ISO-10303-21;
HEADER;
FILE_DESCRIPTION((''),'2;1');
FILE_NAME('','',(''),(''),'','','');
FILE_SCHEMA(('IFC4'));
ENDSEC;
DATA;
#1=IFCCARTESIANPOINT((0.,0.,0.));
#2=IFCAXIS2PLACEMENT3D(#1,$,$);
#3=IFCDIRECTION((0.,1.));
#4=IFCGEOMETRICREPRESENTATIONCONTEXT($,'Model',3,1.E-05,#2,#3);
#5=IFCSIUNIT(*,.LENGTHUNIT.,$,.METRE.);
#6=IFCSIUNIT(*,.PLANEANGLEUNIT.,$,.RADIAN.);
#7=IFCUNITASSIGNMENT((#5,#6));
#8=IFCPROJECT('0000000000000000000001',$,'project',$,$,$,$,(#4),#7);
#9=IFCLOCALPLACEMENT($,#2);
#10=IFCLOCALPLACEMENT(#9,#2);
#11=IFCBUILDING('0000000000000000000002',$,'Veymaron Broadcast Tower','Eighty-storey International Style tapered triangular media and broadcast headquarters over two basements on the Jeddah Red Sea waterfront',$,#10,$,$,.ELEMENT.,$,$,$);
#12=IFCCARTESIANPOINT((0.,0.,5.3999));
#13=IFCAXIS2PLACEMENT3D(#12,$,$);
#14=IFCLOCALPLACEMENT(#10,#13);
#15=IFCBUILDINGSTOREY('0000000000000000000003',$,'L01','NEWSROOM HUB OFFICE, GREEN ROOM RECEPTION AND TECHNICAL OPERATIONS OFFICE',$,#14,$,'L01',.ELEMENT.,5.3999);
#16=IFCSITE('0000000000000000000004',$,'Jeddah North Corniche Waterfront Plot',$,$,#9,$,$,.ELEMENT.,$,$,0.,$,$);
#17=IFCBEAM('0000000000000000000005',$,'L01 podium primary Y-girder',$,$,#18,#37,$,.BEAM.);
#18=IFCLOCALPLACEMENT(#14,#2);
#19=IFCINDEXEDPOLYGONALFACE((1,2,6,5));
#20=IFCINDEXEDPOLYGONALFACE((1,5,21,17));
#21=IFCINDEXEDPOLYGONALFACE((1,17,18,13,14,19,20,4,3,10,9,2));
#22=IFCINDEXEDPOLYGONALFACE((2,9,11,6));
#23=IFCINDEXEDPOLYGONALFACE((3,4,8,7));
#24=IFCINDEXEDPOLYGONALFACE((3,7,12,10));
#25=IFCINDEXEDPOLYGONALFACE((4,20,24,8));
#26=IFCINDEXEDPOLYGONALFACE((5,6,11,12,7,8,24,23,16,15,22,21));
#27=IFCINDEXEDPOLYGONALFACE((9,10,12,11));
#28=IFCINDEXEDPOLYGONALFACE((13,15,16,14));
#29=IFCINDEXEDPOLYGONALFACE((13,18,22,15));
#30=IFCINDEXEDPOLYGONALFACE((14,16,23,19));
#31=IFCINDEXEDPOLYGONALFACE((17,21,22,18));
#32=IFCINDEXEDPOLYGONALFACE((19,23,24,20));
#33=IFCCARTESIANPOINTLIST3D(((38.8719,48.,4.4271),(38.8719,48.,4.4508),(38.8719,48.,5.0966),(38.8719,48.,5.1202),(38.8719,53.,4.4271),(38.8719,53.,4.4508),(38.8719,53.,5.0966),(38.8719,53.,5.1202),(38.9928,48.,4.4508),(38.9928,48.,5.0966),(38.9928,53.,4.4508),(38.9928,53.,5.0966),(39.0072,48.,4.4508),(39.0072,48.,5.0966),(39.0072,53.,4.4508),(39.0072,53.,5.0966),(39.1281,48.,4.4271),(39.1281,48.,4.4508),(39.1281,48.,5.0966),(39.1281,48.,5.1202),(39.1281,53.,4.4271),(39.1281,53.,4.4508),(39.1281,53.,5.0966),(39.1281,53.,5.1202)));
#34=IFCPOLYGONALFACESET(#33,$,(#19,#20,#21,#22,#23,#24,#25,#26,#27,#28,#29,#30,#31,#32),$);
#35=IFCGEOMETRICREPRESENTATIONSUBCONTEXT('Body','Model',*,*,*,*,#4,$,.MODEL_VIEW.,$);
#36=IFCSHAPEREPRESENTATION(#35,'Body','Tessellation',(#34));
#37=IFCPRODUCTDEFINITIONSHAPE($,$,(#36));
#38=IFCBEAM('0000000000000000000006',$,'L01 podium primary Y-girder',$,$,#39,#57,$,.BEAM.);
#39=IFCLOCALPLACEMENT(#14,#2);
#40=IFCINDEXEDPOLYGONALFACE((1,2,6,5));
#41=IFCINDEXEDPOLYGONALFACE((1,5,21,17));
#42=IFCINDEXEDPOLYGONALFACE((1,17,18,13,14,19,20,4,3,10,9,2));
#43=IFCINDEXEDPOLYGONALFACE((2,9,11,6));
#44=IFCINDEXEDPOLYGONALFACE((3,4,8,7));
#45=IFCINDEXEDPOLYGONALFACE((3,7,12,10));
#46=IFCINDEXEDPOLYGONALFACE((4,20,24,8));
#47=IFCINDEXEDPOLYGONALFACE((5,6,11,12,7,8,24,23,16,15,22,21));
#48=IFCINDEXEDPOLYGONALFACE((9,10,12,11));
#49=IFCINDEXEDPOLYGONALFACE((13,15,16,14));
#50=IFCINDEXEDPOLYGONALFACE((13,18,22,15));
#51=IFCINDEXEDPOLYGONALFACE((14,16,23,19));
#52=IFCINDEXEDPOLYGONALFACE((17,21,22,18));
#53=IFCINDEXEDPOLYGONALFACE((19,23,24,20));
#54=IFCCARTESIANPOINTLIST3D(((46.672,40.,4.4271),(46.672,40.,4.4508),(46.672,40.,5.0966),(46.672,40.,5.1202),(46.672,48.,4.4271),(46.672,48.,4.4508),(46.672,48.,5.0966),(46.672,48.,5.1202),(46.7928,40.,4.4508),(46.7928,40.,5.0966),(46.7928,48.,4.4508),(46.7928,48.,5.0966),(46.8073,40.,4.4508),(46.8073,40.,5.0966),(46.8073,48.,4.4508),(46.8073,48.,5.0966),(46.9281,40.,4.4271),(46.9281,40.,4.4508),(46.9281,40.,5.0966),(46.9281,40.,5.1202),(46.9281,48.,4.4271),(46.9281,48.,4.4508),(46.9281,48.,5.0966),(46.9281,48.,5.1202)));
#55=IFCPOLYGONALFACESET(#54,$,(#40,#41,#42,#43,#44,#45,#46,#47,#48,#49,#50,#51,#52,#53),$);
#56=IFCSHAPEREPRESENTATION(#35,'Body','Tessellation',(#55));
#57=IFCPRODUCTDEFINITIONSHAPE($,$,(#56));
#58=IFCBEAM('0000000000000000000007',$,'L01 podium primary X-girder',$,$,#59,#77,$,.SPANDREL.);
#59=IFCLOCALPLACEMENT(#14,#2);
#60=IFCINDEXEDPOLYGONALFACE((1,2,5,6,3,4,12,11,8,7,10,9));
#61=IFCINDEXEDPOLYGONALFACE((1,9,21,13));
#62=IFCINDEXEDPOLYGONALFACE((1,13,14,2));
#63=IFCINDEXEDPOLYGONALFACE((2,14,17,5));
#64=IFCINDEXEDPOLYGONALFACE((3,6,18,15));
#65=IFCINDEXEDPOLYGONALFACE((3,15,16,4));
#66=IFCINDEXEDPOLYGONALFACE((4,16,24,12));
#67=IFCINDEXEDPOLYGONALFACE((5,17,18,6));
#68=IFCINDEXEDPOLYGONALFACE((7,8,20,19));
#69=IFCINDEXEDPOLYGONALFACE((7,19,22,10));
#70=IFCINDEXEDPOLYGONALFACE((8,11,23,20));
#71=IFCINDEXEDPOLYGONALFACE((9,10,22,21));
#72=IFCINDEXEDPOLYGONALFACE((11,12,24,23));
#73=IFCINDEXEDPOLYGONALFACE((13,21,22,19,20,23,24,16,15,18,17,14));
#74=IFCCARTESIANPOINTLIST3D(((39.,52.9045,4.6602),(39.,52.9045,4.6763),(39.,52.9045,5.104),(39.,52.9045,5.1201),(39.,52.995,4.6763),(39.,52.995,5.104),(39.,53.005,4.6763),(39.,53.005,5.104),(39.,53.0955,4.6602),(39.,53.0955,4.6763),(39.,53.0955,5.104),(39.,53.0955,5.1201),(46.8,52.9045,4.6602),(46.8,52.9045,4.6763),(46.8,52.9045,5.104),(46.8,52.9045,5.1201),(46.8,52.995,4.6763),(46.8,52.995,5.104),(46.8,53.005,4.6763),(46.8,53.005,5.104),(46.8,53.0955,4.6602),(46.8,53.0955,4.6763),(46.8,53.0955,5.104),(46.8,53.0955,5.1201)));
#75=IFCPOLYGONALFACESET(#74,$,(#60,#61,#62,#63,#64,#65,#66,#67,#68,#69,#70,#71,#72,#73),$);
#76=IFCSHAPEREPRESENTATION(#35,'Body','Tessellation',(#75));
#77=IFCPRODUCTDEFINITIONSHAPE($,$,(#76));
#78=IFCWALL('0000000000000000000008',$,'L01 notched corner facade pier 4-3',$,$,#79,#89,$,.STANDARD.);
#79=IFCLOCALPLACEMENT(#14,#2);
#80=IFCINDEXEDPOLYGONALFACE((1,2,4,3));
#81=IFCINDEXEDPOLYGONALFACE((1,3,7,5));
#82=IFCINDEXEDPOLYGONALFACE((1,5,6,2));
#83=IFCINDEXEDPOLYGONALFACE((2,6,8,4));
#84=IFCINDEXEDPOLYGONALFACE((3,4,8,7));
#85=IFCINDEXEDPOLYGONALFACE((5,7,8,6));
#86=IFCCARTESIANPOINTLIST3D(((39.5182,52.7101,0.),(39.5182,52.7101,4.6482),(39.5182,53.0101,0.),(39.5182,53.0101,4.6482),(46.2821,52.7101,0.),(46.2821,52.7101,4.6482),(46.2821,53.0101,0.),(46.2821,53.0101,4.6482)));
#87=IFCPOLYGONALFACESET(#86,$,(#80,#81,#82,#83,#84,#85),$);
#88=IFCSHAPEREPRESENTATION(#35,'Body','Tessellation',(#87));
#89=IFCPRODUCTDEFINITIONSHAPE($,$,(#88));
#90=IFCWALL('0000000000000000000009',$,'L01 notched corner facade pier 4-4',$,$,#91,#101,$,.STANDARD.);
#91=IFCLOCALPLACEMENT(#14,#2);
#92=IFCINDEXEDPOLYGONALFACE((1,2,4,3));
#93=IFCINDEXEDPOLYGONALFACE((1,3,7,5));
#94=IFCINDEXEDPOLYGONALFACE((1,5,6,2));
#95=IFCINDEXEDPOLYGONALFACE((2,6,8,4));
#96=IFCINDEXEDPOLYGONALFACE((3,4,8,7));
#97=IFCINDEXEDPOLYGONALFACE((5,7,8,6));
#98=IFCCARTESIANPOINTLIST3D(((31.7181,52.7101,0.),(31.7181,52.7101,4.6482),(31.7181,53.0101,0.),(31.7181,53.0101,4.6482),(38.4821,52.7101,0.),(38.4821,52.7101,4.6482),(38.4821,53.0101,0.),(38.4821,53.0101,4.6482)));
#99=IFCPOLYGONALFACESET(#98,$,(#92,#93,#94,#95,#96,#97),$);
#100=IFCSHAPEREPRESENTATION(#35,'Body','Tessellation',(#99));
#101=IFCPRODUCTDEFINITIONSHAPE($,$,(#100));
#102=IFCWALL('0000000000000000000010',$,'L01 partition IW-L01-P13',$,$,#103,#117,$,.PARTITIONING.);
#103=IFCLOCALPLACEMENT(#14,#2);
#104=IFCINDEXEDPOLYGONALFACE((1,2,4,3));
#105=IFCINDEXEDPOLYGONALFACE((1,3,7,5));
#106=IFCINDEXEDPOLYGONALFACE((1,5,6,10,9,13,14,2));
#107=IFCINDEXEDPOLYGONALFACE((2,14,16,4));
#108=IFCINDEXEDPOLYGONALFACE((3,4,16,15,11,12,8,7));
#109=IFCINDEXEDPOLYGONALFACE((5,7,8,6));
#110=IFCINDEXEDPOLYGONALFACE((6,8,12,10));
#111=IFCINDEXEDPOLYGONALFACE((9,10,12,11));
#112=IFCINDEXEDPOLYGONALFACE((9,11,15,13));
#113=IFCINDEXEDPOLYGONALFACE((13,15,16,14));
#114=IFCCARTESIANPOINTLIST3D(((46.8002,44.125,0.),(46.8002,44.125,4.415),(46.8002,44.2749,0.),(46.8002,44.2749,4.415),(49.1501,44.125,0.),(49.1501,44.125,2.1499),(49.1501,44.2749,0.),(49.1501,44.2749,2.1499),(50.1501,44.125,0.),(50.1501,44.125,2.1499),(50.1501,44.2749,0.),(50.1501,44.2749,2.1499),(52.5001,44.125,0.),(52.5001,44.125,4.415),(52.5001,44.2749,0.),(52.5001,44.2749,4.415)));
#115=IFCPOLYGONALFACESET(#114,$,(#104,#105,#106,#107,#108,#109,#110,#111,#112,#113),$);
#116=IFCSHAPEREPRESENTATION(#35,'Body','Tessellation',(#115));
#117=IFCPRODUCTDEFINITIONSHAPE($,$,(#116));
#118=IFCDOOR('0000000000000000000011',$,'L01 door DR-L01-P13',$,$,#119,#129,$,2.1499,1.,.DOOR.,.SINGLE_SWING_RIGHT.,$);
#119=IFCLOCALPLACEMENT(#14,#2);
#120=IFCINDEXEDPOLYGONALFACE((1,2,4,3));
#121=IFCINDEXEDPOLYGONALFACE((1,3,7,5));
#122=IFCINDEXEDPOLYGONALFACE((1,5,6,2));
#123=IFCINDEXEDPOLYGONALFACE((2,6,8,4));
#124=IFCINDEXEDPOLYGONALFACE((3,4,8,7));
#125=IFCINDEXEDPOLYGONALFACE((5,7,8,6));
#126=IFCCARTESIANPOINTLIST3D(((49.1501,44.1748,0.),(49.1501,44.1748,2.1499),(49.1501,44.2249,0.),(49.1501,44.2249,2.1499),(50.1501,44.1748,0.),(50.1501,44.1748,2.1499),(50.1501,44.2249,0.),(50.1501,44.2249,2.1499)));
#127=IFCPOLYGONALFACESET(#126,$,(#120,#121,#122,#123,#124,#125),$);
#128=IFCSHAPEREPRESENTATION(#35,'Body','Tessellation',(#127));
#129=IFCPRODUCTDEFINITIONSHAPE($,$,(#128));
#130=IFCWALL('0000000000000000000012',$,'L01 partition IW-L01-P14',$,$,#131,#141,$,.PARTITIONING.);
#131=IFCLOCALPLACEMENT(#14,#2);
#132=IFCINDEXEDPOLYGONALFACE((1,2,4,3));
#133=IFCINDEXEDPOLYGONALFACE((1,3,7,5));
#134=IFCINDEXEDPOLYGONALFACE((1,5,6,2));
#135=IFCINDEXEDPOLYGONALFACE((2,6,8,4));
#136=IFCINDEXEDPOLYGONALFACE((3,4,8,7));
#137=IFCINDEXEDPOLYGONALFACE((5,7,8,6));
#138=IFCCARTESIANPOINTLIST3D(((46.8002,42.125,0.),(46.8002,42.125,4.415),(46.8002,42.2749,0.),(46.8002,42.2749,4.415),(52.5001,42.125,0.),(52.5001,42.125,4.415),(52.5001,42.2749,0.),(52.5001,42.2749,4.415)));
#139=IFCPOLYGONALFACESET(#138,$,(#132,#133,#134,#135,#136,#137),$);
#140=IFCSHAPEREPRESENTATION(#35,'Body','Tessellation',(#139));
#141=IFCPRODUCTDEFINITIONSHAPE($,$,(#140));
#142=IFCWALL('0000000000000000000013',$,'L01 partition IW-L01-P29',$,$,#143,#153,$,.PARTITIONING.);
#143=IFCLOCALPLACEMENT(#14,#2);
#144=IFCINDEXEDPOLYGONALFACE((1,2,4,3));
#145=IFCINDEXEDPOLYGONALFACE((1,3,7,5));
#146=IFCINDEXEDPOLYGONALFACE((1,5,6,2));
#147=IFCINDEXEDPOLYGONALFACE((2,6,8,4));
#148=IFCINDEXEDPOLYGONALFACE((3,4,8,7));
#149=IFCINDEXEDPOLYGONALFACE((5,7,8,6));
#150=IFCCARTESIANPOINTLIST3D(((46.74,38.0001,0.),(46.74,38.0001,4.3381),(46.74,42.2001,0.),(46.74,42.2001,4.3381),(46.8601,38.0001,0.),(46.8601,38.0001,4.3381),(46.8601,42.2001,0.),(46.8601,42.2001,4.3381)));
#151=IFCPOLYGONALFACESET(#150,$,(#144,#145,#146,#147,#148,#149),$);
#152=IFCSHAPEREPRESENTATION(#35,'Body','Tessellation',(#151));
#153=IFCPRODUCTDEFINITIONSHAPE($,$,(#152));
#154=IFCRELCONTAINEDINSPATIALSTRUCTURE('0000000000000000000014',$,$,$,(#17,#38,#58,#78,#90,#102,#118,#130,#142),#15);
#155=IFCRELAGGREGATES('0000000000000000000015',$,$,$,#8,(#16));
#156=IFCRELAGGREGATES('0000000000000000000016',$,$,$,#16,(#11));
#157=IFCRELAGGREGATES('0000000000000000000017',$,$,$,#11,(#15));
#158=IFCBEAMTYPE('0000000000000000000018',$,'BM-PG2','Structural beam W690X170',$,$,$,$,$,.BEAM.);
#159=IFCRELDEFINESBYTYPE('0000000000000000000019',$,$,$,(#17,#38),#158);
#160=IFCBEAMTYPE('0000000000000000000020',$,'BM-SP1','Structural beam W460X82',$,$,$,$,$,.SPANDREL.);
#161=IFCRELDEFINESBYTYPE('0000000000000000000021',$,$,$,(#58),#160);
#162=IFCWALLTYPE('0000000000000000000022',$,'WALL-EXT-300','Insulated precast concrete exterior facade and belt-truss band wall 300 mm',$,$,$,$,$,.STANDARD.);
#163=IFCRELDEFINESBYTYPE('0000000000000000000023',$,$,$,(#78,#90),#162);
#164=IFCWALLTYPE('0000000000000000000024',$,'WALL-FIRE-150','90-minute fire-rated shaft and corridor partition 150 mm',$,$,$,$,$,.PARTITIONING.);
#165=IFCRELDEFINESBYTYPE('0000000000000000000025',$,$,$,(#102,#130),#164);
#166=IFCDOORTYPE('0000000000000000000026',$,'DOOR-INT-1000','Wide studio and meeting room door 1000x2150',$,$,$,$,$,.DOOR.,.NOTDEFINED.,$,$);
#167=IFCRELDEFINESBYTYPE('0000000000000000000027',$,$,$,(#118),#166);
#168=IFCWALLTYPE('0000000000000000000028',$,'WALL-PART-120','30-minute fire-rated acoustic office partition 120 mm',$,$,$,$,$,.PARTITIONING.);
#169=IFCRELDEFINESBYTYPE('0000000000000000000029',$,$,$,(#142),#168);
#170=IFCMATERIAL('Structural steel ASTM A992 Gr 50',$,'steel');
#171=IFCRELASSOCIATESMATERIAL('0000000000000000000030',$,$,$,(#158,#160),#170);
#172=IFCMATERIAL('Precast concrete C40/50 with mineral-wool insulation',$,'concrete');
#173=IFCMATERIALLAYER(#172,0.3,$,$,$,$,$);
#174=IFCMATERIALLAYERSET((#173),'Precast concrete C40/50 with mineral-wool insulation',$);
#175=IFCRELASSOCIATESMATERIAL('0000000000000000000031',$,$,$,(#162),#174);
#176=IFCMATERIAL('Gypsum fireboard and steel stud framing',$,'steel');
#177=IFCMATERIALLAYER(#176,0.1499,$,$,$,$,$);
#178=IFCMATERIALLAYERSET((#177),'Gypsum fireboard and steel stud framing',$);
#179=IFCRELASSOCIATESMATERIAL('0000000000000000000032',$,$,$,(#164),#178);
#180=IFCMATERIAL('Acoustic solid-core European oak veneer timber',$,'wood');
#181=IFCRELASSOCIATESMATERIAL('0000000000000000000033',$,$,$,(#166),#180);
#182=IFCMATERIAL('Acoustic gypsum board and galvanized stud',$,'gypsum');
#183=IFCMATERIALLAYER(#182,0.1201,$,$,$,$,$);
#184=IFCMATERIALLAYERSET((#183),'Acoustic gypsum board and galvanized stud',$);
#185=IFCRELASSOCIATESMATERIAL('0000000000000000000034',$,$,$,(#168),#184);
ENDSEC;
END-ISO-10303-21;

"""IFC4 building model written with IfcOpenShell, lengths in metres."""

from ifc_helpers import new_model, si_unit, direction, frame, frame_2d, origin, origin_2d, place, context, subcontext, project, spatial, rectangle, i_section, extrude, material, layer, layer_set, material_profile, profile_set, type_object, element, fill, save


model = new_model("IFC4")

# Units and contexts
model_context = context("Model", 3, precision=1e-05, world=origin(), true_north=direction((0.0, 1.0)))
body_context = subcontext(model_context, "Body", "Model", "MODEL_VIEW")
ifc_project = project(units=[si_unit("LENGTHUNIT", "METRE"), si_unit("PLANEANGLEUNIT", "RADIAN")], contexts=[model_context])

# Site, building, storey
site_placement = place(None, origin())
site = spatial("IfcSite", under=ifc_project, at=site_placement, Name="Jeddah North Corniche Waterfront Plot", CompositionType="ELEMENT", RefElevation=0.0)
building_placement = place(site_placement, origin())
building = spatial("IfcBuilding", under=site, at=building_placement, Name="Veymaron Broadcast Tower", Description="Eighty-storey International Style tapered triangular media and broadcast headquarters over two basements on the Jeddah Red Sea waterfront", CompositionType="ELEMENT")
storey_placement = place(building_placement, frame((0.0, 0.0, 5.3999)))
storey = spatial("IfcBuildingStorey", under=building, at=storey_placement, Name="L01", Description="NEWSROOM HUB OFFICE, GREEN ROOM RECEPTION AND TECHNICAL OPERATIONS OFFICE", LongName="L01", CompositionType="ELEMENT", Elevation=5.3999)

# Beams
ifc_material_1 = material(Name="Structural steel ASTM A992 Gr 50", Category="steel")
ifc_material_profile_1 = material_profile(ifc_material_1, i_section(OverallWidth=0.2561, OverallDepth=0.6931, WebThickness=0.0144, FlangeThickness=0.0237, at=origin_2d()), Name="W690X170")
ifc_profile_set_1 = profile_set([ifc_material_profile_1], Name="Structural steel ASTM A992 Gr 50")
beam_type_1 = type_object("IfcBeamType", Name="BM-PG2", Description="Structural beam W690X170", PredefinedType="BEAM", material=ifc_profile_set_1)
beam_1_placement = place(storey_placement, frame((39.0, 48.0, 4.7737), z_axis=(0.0, 1.0, 0.0), x_axis=(-1.0, 0.0, 0.0)))
element("IfcBeam", 1, at=beam_1_placement, inside=storey, type_object=beam_type_1, Name="L01 podium primary Y-girder", PredefinedType="BEAM", context=body_context, shape_type="SweptSolid", body=[
    extrude(i_section(OverallWidth=0.2561, OverallDepth=0.6931, WebThickness=0.0144, FlangeThickness=0.0237, at=origin_2d()), origin(), (0.0, 0.0, 1.0), 5.0),
])
beam_2_placement = place(storey_placement, frame((46.8, 40.0, 4.7737), z_axis=(0.0, 1.0, 0.0), x_axis=(-1.0, 0.0, 0.0)))
element("IfcBeam", 2, at=beam_2_placement, inside=storey, type_object=beam_type_1, Name="L01 podium primary Y-girder", PredefinedType="BEAM", context=body_context, shape_type="SweptSolid", body=[
    extrude(i_section(OverallWidth=0.2561, OverallDepth=0.6931, WebThickness=0.0144, FlangeThickness=0.0237, at=origin_2d()), origin(), (0.0, 0.0, 1.0), 8.0),
])
ifc_material_profile_2 = material_profile(ifc_material_1, i_section(OverallWidth=0.1909, OverallDepth=0.46, WebThickness=0.01, FlangeThickness=0.0161, at=origin_2d()), Name="W460X82")
ifc_profile_set_2 = profile_set([ifc_material_profile_2], Name="Structural steel ASTM A992 Gr 50")
beam_type_2 = type_object("IfcBeamType", Name="BM-SP1", Description="Structural beam W460X82", PredefinedType="SPANDREL", material=ifc_profile_set_2)
beam_3_placement = place(storey_placement, frame((39.0, 53.0, 4.8901), z_axis=(1.0, 0.0, 0.0), x_axis=(0.0, 1.0, 0.0)))
element("IfcBeam", 3, at=beam_3_placement, inside=storey, type_object=beam_type_2, Name="L01 podium primary X-girder", PredefinedType="SPANDREL", context=body_context, shape_type="SweptSolid", body=[
    extrude(i_section(OverallWidth=0.1909, OverallDepth=0.46, WebThickness=0.01, FlangeThickness=0.0161, at=origin_2d()), origin(), (0.0, 0.0, 1.0), 7.8),
])

# Walls
ifc_material_2 = material(Name="Precast concrete C40/50 with mineral-wool insulation", Category="concrete")
ifc_layer_1 = layer(ifc_material_2, 0.3)
ifc_layer_set_1 = layer_set([ifc_layer_1], Name="Precast concrete C40/50 with mineral-wool insulation")
wall_type_1 = type_object("IfcWallType", Name="WALL-EXT-300", Description="Insulated precast concrete exterior facade and belt-truss band wall 300 mm", PredefinedType="STANDARD", material=ifc_layer_set_1)
for number, where, z_axis, x_axis, name in (
    (4, (46.282, 52.8601, 0.0), (0.0, 0.0, 1.0), (-1.0, 0.0, 0.0), "L01 notched corner facade pier 4-3"),
    (5, (38.4819, 52.8601, 0.0), (0.0, 0.0, 1.0), (-1.0, 0.0, 0.0), "L01 notched corner facade pier 4-4"),
):
    element("IfcWall", number, at=place(storey_placement, frame(where, z_axis=z_axis, x_axis=x_axis)), inside=storey, type_object=wall_type_1, Name=name, PredefinedType="STANDARD", context=body_context, shape_type="SweptSolid", body=[
        extrude(rectangle(XDim=6.7639, YDim=0.3, at=frame_2d((3.3818, 0.0))), origin(), (0.0, 0.0, 1.0), 4.6482),
    ])

# Wall, opening, door
ifc_material_3 = material(Name="Gypsum fireboard and steel stud framing", Category="steel")
ifc_layer_2 = layer(ifc_material_3, 0.1499)
ifc_layer_set_2 = layer_set([ifc_layer_2], Name="Gypsum fireboard and steel stud framing")
wall_type_2 = type_object("IfcWallType", Name="WALL-FIRE-150", Description="90-minute fire-rated shaft and corridor partition 150 mm", PredefinedType="PARTITIONING", material=ifc_layer_set_2)
wall_1_placement = place(storey_placement, frame((46.8, 44.2, 0.0), z_axis=(0.0, 0.0, 1.0), x_axis=(1.0, 0.0, 0.0)))
wall_1 = element("IfcWall", 6, at=wall_1_placement, inside=storey, type_object=wall_type_2, Name="L01 partition IW-L01-P13", PredefinedType="PARTITIONING", context=body_context, shape_type="SweptSolid", body=[
    extrude(rectangle(XDim=5.7, YDim=0.1499, at=frame_2d((2.8501, 0.0))), origin(), (0.0, 0.0, 1.0), 4.415),
])
opening_placement = place(wall_1_placement, frame((2.3501, 0.0, 0.0)))
opening = element("IfcOpeningElement", 7, at=opening_placement, cuts=wall_1, PredefinedType="OPENING", context=body_context, shape_type="SweptSolid", body=[
    extrude(rectangle(XDim=1.0, YDim=2.1499, at=frame_2d((0.5, 1.075))), frame((0.0, 0.085, 0.0), z_axis=(0.0, -1.0, 0.0), x_axis=(1.0, 0.0, 0.0)), (0.0, 0.0, 1.0), 0.1699),
])
ifc_material_4 = material(Name="Acoustic solid-core European oak veneer timber", Category="wood")
door_type = type_object("IfcDoorType", Name="DOOR-INT-1000", Description="Wide studio and meeting room door 1000x2150", OperationType="NOTDEFINED", PredefinedType="DOOR", material=ifc_material_4)
door_placement = place(opening_placement, origin())
door = element("IfcDoor", 8, at=door_placement, inside=storey, type_object=door_type, Name="L01 door DR-L01-P13", OperationType="SINGLE_SWING_RIGHT", OverallHeight=2.1499, OverallWidth=1.0, PredefinedType="DOOR", context=body_context, shape_type="SweptSolid", body=[
    extrude(rectangle(XDim=1.0, YDim=2.1499, at=frame_2d((0.5, 1.075))), frame((0.0, 0.0249, 0.0), z_axis=(0.0, -1.0, 0.0), x_axis=(1.0, 0.0, 0.0)), (0.0, 0.0, 1.0), 0.05),
])
fill(opening, door)

# Walls
wall_2_placement = place(storey_placement, frame((46.8, 42.2, 0.0), z_axis=(0.0, 0.0, 1.0), x_axis=(1.0, 0.0, 0.0)))
element("IfcWall", 9, at=wall_2_placement, inside=storey, type_object=wall_type_2, Name="L01 partition IW-L01-P14", PredefinedType="PARTITIONING", context=body_context, shape_type="SweptSolid", body=[
    extrude(rectangle(XDim=5.7, YDim=0.1499, at=frame_2d((2.8501, 0.0))), origin(), (0.0, 0.0, 1.0), 4.415),
])
ifc_material_5 = material(Name="Acoustic gypsum board and galvanized stud", Category="gypsum")
ifc_layer_3 = layer(ifc_material_5, 0.1201)
ifc_layer_set_3 = layer_set([ifc_layer_3], Name="Acoustic gypsum board and galvanized stud")
wall_type_3 = type_object("IfcWallType", Name="WALL-PART-120", Description="30-minute fire-rated acoustic office partition 120 mm", PredefinedType="PARTITIONING", material=ifc_layer_set_3)
wall_3_placement = place(storey_placement, frame((46.8, 38.0, 0.0), z_axis=(0.0, 0.0, 1.0), x_axis=(0.0, 1.0, 0.0)))
element("IfcWall", 10, at=wall_3_placement, inside=storey, type_object=wall_type_3, Name="L01 partition IW-L01-P29", PredefinedType="PARTITIONING", context=body_context, shape_type="SweptSolid", body=[
    extrude(rectangle(XDim=4.2, YDim=0.1201, at=frame_2d((2.1001, 0.0))), origin(), (0.0, 0.0, 1.0), 4.3381),
])

save(model, "model.ifc")
